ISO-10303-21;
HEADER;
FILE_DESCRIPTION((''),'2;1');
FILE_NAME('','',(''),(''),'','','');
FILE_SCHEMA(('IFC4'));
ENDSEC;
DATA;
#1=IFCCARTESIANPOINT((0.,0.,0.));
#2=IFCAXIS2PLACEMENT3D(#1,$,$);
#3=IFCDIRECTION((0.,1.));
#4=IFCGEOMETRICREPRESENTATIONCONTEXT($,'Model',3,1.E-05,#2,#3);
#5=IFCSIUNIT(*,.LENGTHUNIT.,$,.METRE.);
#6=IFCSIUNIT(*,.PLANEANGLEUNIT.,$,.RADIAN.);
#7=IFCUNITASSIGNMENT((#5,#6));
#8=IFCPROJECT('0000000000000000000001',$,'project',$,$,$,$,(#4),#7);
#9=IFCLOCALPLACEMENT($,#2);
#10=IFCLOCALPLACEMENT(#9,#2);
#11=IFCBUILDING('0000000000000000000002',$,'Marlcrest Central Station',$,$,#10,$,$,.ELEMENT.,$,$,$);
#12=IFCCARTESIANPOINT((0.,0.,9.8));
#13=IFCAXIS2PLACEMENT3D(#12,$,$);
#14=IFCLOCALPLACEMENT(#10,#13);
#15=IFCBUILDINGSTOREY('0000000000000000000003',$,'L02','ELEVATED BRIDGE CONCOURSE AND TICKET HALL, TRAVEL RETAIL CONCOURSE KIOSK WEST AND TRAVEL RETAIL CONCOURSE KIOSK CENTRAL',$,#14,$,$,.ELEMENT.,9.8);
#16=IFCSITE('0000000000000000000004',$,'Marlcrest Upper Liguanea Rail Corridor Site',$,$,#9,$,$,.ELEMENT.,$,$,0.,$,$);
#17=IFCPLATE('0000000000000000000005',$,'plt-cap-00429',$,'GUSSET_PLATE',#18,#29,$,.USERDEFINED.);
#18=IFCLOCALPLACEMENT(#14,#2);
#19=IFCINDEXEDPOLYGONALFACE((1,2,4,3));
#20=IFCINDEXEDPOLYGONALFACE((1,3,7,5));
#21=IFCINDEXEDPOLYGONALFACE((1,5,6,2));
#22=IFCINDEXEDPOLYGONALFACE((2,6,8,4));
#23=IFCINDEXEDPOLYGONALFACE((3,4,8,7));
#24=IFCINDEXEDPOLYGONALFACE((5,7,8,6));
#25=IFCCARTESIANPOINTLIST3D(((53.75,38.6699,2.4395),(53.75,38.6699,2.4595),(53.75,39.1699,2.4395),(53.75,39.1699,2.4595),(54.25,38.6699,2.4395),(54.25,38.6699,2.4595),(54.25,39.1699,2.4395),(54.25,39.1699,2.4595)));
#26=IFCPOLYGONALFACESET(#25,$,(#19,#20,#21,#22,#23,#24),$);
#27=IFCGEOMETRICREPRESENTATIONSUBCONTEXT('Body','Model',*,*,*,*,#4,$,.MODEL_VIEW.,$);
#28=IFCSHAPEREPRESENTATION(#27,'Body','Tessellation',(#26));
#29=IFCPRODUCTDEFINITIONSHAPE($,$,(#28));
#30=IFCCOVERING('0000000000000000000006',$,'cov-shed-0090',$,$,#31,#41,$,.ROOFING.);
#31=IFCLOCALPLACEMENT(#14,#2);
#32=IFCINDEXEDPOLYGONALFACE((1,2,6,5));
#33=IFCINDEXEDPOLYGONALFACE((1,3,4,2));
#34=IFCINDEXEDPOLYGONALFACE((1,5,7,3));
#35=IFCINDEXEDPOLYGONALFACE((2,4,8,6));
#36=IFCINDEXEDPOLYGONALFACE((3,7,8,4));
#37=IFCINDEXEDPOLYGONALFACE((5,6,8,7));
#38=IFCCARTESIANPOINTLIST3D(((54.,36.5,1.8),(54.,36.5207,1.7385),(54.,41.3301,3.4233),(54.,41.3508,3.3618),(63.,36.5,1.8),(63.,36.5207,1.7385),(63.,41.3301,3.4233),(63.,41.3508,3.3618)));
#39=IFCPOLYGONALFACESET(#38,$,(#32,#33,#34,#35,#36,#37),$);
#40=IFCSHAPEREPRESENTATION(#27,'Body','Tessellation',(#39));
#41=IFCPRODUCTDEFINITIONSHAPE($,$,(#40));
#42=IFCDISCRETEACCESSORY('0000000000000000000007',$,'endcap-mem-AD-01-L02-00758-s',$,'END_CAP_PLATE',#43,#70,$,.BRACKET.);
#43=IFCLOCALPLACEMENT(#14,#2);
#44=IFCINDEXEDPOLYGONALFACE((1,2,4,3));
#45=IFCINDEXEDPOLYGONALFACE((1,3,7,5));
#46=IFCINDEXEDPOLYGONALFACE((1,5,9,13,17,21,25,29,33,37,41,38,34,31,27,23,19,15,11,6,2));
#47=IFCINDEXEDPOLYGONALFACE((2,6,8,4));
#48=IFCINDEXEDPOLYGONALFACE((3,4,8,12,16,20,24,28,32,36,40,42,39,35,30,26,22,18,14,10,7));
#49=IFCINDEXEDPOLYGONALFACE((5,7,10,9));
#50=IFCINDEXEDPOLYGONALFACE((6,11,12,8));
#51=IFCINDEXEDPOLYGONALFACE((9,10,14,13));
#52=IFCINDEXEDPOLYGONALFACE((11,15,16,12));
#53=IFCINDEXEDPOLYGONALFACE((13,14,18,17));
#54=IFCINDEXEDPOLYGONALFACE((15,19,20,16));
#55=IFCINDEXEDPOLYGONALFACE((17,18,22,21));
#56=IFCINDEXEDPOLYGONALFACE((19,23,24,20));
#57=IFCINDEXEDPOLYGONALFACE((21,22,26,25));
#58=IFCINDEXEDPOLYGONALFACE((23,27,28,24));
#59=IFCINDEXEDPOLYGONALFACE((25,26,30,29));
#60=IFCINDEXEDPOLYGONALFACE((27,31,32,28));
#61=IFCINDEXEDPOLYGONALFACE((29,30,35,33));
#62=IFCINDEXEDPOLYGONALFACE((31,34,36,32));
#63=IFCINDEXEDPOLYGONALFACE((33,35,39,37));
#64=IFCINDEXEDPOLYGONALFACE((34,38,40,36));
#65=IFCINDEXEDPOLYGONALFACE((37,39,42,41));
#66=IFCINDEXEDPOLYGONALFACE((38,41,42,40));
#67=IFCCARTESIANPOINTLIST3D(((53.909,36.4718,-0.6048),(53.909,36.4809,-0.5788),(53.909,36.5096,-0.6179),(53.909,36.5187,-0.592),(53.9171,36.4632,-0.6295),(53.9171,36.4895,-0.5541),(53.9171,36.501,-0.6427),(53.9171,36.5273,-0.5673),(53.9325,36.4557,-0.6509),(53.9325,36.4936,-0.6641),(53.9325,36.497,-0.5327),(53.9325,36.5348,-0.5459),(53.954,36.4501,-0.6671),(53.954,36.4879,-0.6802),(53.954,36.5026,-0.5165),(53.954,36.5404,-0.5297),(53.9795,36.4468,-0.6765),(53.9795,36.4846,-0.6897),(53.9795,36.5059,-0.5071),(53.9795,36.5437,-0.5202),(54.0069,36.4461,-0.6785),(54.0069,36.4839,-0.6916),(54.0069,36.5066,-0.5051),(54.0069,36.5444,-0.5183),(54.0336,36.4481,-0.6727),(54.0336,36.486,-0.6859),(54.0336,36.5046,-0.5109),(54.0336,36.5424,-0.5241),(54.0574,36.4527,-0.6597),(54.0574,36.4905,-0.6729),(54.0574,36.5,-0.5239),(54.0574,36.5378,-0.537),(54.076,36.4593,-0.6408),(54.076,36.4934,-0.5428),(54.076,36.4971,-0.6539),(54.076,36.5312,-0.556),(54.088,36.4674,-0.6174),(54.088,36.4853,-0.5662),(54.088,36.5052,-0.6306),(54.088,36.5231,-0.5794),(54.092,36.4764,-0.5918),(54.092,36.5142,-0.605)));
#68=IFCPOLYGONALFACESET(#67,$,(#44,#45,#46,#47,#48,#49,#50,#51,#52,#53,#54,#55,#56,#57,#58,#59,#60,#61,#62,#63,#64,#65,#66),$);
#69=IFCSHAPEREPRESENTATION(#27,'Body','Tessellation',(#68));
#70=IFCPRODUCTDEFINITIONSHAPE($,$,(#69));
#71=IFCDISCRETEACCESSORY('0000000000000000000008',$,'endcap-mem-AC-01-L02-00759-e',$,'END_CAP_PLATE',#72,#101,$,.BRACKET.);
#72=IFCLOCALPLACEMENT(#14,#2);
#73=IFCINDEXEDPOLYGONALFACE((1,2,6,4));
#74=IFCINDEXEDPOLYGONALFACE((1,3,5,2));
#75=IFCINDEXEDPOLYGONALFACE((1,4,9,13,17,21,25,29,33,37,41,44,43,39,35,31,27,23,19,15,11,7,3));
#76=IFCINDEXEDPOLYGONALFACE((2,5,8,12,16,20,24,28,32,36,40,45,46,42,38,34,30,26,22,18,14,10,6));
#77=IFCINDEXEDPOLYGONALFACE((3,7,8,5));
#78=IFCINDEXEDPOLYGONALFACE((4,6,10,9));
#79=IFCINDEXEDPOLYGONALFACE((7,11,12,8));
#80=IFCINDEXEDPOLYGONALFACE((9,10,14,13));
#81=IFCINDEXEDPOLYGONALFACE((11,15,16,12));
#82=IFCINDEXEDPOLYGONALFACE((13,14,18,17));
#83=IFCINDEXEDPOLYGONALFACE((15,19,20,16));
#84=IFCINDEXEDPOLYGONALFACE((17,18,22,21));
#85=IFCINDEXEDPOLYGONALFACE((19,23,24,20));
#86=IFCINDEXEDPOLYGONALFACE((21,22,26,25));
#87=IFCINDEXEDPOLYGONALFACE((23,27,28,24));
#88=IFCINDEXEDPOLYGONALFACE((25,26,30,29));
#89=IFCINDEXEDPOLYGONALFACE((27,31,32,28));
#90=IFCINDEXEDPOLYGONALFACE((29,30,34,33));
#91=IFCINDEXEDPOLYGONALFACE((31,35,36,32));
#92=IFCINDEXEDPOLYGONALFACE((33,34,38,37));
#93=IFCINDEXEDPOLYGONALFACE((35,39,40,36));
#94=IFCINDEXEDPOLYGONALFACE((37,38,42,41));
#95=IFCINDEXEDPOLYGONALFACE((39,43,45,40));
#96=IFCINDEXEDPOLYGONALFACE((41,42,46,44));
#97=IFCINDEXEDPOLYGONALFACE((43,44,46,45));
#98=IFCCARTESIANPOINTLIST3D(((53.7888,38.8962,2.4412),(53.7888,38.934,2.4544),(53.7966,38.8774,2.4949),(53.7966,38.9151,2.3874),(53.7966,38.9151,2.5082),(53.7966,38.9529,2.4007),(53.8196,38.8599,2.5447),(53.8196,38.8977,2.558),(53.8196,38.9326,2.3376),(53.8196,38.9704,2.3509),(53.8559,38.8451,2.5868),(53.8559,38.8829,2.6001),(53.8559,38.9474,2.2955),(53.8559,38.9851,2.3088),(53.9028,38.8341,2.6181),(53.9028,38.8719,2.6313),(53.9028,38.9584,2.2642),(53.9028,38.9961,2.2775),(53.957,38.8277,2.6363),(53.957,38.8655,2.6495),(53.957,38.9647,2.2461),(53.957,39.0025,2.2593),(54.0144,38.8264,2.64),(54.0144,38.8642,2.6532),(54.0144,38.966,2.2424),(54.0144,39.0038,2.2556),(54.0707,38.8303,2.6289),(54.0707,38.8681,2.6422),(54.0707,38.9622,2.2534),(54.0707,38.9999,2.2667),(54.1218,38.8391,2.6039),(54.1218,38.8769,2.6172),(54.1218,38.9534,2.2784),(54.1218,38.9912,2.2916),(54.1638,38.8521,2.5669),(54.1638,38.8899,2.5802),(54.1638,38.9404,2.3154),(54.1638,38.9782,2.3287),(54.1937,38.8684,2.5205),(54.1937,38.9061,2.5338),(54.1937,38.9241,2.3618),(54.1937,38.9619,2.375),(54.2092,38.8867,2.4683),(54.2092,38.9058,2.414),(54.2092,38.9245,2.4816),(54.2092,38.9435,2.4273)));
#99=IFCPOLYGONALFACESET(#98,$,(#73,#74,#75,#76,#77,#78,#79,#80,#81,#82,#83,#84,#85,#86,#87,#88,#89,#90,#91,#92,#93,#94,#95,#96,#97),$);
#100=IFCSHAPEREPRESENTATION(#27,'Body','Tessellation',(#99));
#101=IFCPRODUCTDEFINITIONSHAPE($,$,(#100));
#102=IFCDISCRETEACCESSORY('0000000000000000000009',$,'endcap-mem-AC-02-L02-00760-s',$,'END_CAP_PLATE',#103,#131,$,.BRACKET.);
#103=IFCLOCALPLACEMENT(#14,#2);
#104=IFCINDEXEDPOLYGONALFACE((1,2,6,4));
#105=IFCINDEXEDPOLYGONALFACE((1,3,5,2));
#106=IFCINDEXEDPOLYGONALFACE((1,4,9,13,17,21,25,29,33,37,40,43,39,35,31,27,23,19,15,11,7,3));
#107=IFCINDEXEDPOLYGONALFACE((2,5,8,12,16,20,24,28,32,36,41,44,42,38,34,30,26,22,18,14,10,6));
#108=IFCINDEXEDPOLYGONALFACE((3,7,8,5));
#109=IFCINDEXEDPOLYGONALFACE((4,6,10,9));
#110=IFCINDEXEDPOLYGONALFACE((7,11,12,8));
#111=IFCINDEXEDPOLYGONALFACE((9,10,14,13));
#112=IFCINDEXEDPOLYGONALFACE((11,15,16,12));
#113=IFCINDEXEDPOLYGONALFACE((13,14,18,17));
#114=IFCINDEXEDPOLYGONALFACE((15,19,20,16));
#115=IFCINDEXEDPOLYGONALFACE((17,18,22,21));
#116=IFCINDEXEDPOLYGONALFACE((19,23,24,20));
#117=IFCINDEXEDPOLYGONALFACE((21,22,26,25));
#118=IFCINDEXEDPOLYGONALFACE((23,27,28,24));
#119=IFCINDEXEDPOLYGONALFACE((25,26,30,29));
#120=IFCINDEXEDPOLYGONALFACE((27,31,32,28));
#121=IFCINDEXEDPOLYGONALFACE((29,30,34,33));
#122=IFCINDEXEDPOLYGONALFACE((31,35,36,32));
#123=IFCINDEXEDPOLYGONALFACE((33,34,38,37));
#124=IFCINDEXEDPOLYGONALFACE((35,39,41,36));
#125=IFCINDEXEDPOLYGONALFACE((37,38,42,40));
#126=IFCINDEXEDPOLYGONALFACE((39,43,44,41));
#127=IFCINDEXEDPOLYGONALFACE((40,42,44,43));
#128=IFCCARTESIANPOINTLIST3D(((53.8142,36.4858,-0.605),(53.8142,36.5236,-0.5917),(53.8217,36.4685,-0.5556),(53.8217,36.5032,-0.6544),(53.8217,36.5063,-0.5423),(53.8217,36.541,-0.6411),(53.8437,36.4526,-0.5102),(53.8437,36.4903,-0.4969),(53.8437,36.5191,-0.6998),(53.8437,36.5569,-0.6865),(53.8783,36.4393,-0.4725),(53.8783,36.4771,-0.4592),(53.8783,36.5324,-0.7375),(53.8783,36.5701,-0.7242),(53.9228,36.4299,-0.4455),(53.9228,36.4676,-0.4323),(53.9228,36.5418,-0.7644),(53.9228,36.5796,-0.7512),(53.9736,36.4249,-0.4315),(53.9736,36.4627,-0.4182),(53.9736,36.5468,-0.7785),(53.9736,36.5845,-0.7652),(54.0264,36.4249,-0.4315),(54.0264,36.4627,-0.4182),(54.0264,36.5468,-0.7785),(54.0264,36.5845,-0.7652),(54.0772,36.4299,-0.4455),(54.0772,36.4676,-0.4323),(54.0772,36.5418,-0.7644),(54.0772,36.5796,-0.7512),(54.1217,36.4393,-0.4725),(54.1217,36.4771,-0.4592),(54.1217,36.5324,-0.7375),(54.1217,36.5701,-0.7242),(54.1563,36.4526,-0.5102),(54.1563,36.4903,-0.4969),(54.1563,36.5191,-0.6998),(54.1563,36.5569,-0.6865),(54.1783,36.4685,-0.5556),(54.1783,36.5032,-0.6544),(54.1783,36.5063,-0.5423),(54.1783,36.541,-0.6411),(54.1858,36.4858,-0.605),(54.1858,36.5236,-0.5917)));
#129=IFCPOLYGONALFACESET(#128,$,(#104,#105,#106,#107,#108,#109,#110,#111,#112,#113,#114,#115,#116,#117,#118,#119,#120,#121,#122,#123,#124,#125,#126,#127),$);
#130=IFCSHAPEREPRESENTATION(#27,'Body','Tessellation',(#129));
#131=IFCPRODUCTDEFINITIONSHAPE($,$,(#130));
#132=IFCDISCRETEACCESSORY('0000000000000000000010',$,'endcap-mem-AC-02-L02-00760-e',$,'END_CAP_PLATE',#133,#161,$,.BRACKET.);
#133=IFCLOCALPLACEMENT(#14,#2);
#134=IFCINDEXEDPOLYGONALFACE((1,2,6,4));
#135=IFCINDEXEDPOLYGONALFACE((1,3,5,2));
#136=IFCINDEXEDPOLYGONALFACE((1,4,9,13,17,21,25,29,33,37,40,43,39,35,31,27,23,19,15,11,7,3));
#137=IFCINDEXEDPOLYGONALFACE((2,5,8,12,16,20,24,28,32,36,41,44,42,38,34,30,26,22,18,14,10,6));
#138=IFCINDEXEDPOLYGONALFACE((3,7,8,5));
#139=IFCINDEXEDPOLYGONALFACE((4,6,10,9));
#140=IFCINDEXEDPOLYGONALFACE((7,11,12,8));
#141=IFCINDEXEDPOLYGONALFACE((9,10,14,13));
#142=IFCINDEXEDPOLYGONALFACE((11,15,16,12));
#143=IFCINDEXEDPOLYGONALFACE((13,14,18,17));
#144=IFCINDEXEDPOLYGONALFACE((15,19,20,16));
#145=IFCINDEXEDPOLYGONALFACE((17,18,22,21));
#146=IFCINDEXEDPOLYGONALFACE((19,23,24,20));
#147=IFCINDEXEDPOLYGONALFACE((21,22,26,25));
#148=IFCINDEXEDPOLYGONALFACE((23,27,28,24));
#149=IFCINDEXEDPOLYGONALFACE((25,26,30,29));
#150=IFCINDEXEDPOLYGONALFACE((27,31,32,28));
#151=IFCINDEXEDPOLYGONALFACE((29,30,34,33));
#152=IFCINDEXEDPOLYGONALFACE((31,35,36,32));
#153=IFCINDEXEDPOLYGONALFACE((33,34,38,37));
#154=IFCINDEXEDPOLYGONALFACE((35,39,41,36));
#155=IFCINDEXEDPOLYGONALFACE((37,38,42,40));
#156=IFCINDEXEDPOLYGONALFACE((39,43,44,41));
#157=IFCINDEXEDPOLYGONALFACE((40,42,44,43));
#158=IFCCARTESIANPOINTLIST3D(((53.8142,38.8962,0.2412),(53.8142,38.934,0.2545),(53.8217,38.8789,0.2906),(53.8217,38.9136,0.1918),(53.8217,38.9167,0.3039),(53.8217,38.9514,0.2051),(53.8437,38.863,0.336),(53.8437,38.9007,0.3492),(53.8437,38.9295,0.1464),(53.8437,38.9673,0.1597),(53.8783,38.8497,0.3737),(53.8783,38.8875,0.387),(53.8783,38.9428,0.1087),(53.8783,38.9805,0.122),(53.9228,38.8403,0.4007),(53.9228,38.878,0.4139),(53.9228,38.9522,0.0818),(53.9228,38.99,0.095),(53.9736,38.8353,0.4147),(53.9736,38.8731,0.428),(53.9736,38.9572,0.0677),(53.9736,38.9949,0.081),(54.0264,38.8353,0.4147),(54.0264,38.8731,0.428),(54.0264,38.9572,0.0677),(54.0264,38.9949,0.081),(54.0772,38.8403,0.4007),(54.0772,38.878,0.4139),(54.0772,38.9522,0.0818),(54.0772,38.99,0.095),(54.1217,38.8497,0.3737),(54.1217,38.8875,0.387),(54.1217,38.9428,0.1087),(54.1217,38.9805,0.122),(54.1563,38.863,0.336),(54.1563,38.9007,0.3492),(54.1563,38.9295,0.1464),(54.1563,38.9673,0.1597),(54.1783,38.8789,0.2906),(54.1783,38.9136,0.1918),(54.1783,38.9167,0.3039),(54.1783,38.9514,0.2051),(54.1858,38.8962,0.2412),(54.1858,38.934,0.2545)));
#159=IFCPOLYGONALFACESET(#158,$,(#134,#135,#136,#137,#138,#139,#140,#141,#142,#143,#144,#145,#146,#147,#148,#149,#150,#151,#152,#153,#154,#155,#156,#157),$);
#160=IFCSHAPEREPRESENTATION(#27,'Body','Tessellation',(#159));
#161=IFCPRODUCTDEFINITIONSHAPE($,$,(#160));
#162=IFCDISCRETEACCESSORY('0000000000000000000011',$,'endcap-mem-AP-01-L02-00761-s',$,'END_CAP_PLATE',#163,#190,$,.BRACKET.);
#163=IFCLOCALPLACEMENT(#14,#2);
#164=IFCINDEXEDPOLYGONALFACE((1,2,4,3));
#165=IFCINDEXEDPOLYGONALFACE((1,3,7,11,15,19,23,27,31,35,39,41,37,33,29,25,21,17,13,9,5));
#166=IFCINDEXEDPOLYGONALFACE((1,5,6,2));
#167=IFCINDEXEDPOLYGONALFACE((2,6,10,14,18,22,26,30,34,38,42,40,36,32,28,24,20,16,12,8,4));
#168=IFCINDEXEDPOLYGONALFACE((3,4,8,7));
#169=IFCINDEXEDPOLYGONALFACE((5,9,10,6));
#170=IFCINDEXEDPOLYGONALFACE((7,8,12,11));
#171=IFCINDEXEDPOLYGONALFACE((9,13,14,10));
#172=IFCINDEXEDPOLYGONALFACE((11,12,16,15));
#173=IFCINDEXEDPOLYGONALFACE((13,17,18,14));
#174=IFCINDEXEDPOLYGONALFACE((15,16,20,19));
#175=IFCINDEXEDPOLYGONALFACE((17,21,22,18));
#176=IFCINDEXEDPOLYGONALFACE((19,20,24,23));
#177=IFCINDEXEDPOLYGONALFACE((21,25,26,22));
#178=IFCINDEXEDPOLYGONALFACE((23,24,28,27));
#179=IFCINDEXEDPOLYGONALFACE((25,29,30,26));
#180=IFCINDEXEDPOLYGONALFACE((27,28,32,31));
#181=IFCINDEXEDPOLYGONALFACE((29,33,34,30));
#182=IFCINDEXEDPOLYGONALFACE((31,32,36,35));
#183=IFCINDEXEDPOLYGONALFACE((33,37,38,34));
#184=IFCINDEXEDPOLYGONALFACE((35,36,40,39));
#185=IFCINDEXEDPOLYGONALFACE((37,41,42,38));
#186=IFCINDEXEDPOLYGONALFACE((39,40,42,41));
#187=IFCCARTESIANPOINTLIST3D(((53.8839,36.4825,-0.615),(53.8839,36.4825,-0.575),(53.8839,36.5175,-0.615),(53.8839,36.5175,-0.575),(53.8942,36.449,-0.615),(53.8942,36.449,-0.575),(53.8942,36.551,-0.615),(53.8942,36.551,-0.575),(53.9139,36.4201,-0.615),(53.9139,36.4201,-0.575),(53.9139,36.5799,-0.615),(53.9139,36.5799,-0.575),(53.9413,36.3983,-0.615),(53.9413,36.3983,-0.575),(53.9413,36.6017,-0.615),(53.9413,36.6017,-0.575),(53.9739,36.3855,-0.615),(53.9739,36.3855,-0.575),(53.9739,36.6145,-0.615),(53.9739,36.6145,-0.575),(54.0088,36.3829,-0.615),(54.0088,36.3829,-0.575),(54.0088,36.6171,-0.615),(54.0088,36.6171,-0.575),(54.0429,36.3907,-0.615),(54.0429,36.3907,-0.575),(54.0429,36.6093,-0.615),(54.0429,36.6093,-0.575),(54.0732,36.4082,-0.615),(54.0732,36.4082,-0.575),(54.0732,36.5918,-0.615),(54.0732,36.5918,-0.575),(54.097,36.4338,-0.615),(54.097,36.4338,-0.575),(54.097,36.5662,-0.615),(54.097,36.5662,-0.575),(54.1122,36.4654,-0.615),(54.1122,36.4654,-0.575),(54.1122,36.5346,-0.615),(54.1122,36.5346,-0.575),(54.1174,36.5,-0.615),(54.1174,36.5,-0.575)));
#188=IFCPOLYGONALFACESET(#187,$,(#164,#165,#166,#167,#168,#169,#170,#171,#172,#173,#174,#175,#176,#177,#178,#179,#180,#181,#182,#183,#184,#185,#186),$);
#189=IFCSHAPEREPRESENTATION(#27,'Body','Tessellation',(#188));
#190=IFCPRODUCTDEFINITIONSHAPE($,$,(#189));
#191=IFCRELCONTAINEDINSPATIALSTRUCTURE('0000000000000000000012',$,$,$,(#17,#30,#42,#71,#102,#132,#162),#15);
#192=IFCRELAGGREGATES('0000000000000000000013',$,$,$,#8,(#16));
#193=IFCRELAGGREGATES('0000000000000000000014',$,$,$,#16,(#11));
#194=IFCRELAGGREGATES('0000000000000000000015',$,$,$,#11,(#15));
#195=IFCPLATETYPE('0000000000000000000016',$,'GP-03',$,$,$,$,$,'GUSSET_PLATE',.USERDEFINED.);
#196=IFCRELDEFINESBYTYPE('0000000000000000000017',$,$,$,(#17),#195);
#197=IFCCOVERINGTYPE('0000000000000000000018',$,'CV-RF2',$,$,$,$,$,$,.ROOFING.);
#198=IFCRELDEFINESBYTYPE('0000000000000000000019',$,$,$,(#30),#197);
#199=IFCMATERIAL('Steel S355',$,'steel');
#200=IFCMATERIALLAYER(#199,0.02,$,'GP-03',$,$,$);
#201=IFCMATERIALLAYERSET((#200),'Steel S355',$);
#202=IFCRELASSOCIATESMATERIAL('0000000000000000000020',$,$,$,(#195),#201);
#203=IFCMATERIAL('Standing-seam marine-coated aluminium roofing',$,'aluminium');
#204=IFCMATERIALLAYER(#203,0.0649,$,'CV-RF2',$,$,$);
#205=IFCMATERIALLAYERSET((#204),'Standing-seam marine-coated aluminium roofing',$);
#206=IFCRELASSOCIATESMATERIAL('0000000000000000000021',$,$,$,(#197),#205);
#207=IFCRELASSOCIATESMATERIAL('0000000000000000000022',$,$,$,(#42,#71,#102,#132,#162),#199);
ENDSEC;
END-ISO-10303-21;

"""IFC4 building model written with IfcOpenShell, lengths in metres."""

from ifc_helpers import new_model, si_unit, direction, frame, origin, origin_2d, place, context, subcontext, project, spatial, polyline, rectangle, circle, outline, extrude, material, layer, layer_set, type_object, element, save


model = new_model("IFC4")

# Units and contexts
model_context = context("Model", 3, precision=1e-05, world=origin(), true_north=direction((0.0, 1.0)))
body_context = subcontext(model_context, "Body", "Model", "MODEL_VIEW")
ifc_project = project(units=[si_unit("LENGTHUNIT", "METRE"), si_unit("PLANEANGLEUNIT", "RADIAN")], contexts=[model_context])

# Site, building, storey
site_placement = place(None, origin())
site = spatial("IfcSite", under=ifc_project, at=site_placement, Name="Marlcrest Upper Liguanea Rail Corridor Site", CompositionType="ELEMENT", RefElevation=0.0)
building_placement = place(site_placement, origin())
building = spatial("IfcBuilding", under=site, at=building_placement, Name="Marlcrest Central Station", CompositionType="ELEMENT")
storey_placement = place(building_placement, frame((0.0, 0.0, 9.8)))
storey = spatial("IfcBuildingStorey", under=building, at=storey_placement, Name="L02", Description="ELEVATED BRIDGE CONCOURSE AND TICKET HALL, TRAVEL RETAIL CONCOURSE KIOSK WEST AND TRAVEL RETAIL CONCOURSE KIOSK CENTRAL", CompositionType="ELEMENT", Elevation=9.8)

# Shared definitions
ifc_material_1 = material(Name="Steel S355", Category="steel")

# Plate
ifc_layer_1 = layer(ifc_material_1, 0.02, Name="GP-03")
ifc_layer_set_1 = layer_set([ifc_layer_1], Name="Steel S355")
plate_type = type_object("IfcPlateType", Name="GP-03", ElementType="GUSSET_PLATE", PredefinedType="USERDEFINED", material=ifc_layer_set_1)
for number, where, z_axis, x_axis, name in (
    (1, (54.0, 38.9199, 2.4395), (0.0, 0.0, 1.0), (1.0, 0.0, 0.0), "plt-cap-00429"),
):
    element("IfcPlate", number, at=place(storey_placement, frame(where, z_axis=z_axis, x_axis=x_axis)), inside=storey, type_object=plate_type, Name=name, ObjectType="GUSSET_PLATE", PredefinedType="USERDEFINED", context=body_context, shape_type="SweptSolid", body=[
        extrude(rectangle(XDim=0.5, YDim=0.5, at=origin_2d()), origin(), (0.0, 0.0, 1.0), 0.02),
    ])

# Covering
ifc_material_2 = material(Name="Standing-seam marine-coated aluminium roofing", Category="aluminium")
ifc_layer_2 = layer(ifc_material_2, 0.0649, Name="CV-RF2")
ifc_layer_set_2 = layer_set([ifc_layer_2], Name="Standing-seam marine-coated aluminium roofing")
covering_type = type_object("IfcCoveringType", Name="CV-RF2", PredefinedType="ROOFING", material=ifc_layer_set_2)
covering_placement = place(storey_placement, frame((54.0, 36.5, 1.8), z_axis=(0.0, -0.31857, 0.947899), x_axis=(1.0, 0.0, 0.0)))
element("IfcCovering", 2, at=covering_placement, inside=storey, type_object=covering_type, Name="cov-shed-0090", PredefinedType="ROOFING", context=body_context, shape_type="SweptSolid", body=[
    extrude(outline(polyline([(0.0, 0.0), (9.0, 0.0), (9.0, 5.0956), (0.0, 5.0956), (0.0, 0.0)])), origin(), (0.0, 0.0, -1.0), 0.0649),
])

# Discrete accessories
discrete_accessory_1_placement = place(storey_placement, frame((54.0, 36.5142, -0.605), z_axis=(0.0, -0.94426, 0.3292), x_axis=(1.0, 0.0, 0.0)))
element("IfcDiscreteAccessory", 3, at=discrete_accessory_1_placement, inside=storey, material=ifc_material_1, Name="endcap-mem-AD-01-L02-00758-s", ObjectType="END_CAP_PLATE", PredefinedType="BRACKET", context=body_context, shape_type="SweptSolid", body=[
    extrude(circle(Radius=0.092, at=origin_2d()), origin(), (0.0, 0.0, 1.0), 0.04),
])
discrete_accessory_2_placement = place(storey_placement, frame((54.0, 38.8962, 2.4412), z_axis=(0.0, 0.943537, 0.331266), x_axis=(-1.0, 0.0, 0.0)))
element("IfcDiscreteAccessory", 4, at=discrete_accessory_2_placement, inside=storey, material=ifc_material_1, Name="endcap-mem-AC-01-L02-00759-e", ObjectType="END_CAP_PLATE", PredefinedType="BRACKET", context=body_context, shape_type="SweptSolid", body=[
    extrude(circle(Radius=0.2112, at=origin_2d()), origin(), (0.0, 0.0, 1.0), 0.04),
])
for number, where, z_axis, x_axis, name in (
    (5, (54.0, 36.4858, -0.605), (0.0, 0.943537, 0.331266), (-1.0, 0.0, 0.0), "endcap-mem-AC-02-L02-00760-s"),
    (6, (54.0, 38.8962, 0.2412), (0.0, 0.943537, 0.331266), (-1.0, 0.0, 0.0), "endcap-mem-AC-02-L02-00760-e"),
):
    element("IfcDiscreteAccessory", number, at=place(storey_placement, frame(where, z_axis=z_axis, x_axis=x_axis)), inside=storey, material=ifc_material_1, Name=name, ObjectType="END_CAP_PLATE", PredefinedType="BRACKET", context=body_context, shape_type="SweptSolid", body=[
        extrude(circle(Radius=0.1858, at=origin_2d()), origin(), (0.0, 0.0, 1.0), 0.04),
    ])
for number, where, z_axis, x_axis, name in (
    (7, (54.0, 36.5, -0.615), (0.0, 0.0, 1.0), (1.0, 0.0, 0.0), "endcap-mem-AP-01-L02-00761-s"),
):
    element("IfcDiscreteAccessory", number, at=place(storey_placement, frame(where, z_axis=z_axis, x_axis=x_axis)), inside=storey, material=ifc_material_1, Name=name, ObjectType="END_CAP_PLATE", PredefinedType="BRACKET", context=body_context, shape_type="SweptSolid", body=[
        extrude(circle(Radius=0.1174, at=origin_2d()), origin(), (0.0, 0.0, 1.0), 0.04),
    ])

save(model, "model.ifc")
